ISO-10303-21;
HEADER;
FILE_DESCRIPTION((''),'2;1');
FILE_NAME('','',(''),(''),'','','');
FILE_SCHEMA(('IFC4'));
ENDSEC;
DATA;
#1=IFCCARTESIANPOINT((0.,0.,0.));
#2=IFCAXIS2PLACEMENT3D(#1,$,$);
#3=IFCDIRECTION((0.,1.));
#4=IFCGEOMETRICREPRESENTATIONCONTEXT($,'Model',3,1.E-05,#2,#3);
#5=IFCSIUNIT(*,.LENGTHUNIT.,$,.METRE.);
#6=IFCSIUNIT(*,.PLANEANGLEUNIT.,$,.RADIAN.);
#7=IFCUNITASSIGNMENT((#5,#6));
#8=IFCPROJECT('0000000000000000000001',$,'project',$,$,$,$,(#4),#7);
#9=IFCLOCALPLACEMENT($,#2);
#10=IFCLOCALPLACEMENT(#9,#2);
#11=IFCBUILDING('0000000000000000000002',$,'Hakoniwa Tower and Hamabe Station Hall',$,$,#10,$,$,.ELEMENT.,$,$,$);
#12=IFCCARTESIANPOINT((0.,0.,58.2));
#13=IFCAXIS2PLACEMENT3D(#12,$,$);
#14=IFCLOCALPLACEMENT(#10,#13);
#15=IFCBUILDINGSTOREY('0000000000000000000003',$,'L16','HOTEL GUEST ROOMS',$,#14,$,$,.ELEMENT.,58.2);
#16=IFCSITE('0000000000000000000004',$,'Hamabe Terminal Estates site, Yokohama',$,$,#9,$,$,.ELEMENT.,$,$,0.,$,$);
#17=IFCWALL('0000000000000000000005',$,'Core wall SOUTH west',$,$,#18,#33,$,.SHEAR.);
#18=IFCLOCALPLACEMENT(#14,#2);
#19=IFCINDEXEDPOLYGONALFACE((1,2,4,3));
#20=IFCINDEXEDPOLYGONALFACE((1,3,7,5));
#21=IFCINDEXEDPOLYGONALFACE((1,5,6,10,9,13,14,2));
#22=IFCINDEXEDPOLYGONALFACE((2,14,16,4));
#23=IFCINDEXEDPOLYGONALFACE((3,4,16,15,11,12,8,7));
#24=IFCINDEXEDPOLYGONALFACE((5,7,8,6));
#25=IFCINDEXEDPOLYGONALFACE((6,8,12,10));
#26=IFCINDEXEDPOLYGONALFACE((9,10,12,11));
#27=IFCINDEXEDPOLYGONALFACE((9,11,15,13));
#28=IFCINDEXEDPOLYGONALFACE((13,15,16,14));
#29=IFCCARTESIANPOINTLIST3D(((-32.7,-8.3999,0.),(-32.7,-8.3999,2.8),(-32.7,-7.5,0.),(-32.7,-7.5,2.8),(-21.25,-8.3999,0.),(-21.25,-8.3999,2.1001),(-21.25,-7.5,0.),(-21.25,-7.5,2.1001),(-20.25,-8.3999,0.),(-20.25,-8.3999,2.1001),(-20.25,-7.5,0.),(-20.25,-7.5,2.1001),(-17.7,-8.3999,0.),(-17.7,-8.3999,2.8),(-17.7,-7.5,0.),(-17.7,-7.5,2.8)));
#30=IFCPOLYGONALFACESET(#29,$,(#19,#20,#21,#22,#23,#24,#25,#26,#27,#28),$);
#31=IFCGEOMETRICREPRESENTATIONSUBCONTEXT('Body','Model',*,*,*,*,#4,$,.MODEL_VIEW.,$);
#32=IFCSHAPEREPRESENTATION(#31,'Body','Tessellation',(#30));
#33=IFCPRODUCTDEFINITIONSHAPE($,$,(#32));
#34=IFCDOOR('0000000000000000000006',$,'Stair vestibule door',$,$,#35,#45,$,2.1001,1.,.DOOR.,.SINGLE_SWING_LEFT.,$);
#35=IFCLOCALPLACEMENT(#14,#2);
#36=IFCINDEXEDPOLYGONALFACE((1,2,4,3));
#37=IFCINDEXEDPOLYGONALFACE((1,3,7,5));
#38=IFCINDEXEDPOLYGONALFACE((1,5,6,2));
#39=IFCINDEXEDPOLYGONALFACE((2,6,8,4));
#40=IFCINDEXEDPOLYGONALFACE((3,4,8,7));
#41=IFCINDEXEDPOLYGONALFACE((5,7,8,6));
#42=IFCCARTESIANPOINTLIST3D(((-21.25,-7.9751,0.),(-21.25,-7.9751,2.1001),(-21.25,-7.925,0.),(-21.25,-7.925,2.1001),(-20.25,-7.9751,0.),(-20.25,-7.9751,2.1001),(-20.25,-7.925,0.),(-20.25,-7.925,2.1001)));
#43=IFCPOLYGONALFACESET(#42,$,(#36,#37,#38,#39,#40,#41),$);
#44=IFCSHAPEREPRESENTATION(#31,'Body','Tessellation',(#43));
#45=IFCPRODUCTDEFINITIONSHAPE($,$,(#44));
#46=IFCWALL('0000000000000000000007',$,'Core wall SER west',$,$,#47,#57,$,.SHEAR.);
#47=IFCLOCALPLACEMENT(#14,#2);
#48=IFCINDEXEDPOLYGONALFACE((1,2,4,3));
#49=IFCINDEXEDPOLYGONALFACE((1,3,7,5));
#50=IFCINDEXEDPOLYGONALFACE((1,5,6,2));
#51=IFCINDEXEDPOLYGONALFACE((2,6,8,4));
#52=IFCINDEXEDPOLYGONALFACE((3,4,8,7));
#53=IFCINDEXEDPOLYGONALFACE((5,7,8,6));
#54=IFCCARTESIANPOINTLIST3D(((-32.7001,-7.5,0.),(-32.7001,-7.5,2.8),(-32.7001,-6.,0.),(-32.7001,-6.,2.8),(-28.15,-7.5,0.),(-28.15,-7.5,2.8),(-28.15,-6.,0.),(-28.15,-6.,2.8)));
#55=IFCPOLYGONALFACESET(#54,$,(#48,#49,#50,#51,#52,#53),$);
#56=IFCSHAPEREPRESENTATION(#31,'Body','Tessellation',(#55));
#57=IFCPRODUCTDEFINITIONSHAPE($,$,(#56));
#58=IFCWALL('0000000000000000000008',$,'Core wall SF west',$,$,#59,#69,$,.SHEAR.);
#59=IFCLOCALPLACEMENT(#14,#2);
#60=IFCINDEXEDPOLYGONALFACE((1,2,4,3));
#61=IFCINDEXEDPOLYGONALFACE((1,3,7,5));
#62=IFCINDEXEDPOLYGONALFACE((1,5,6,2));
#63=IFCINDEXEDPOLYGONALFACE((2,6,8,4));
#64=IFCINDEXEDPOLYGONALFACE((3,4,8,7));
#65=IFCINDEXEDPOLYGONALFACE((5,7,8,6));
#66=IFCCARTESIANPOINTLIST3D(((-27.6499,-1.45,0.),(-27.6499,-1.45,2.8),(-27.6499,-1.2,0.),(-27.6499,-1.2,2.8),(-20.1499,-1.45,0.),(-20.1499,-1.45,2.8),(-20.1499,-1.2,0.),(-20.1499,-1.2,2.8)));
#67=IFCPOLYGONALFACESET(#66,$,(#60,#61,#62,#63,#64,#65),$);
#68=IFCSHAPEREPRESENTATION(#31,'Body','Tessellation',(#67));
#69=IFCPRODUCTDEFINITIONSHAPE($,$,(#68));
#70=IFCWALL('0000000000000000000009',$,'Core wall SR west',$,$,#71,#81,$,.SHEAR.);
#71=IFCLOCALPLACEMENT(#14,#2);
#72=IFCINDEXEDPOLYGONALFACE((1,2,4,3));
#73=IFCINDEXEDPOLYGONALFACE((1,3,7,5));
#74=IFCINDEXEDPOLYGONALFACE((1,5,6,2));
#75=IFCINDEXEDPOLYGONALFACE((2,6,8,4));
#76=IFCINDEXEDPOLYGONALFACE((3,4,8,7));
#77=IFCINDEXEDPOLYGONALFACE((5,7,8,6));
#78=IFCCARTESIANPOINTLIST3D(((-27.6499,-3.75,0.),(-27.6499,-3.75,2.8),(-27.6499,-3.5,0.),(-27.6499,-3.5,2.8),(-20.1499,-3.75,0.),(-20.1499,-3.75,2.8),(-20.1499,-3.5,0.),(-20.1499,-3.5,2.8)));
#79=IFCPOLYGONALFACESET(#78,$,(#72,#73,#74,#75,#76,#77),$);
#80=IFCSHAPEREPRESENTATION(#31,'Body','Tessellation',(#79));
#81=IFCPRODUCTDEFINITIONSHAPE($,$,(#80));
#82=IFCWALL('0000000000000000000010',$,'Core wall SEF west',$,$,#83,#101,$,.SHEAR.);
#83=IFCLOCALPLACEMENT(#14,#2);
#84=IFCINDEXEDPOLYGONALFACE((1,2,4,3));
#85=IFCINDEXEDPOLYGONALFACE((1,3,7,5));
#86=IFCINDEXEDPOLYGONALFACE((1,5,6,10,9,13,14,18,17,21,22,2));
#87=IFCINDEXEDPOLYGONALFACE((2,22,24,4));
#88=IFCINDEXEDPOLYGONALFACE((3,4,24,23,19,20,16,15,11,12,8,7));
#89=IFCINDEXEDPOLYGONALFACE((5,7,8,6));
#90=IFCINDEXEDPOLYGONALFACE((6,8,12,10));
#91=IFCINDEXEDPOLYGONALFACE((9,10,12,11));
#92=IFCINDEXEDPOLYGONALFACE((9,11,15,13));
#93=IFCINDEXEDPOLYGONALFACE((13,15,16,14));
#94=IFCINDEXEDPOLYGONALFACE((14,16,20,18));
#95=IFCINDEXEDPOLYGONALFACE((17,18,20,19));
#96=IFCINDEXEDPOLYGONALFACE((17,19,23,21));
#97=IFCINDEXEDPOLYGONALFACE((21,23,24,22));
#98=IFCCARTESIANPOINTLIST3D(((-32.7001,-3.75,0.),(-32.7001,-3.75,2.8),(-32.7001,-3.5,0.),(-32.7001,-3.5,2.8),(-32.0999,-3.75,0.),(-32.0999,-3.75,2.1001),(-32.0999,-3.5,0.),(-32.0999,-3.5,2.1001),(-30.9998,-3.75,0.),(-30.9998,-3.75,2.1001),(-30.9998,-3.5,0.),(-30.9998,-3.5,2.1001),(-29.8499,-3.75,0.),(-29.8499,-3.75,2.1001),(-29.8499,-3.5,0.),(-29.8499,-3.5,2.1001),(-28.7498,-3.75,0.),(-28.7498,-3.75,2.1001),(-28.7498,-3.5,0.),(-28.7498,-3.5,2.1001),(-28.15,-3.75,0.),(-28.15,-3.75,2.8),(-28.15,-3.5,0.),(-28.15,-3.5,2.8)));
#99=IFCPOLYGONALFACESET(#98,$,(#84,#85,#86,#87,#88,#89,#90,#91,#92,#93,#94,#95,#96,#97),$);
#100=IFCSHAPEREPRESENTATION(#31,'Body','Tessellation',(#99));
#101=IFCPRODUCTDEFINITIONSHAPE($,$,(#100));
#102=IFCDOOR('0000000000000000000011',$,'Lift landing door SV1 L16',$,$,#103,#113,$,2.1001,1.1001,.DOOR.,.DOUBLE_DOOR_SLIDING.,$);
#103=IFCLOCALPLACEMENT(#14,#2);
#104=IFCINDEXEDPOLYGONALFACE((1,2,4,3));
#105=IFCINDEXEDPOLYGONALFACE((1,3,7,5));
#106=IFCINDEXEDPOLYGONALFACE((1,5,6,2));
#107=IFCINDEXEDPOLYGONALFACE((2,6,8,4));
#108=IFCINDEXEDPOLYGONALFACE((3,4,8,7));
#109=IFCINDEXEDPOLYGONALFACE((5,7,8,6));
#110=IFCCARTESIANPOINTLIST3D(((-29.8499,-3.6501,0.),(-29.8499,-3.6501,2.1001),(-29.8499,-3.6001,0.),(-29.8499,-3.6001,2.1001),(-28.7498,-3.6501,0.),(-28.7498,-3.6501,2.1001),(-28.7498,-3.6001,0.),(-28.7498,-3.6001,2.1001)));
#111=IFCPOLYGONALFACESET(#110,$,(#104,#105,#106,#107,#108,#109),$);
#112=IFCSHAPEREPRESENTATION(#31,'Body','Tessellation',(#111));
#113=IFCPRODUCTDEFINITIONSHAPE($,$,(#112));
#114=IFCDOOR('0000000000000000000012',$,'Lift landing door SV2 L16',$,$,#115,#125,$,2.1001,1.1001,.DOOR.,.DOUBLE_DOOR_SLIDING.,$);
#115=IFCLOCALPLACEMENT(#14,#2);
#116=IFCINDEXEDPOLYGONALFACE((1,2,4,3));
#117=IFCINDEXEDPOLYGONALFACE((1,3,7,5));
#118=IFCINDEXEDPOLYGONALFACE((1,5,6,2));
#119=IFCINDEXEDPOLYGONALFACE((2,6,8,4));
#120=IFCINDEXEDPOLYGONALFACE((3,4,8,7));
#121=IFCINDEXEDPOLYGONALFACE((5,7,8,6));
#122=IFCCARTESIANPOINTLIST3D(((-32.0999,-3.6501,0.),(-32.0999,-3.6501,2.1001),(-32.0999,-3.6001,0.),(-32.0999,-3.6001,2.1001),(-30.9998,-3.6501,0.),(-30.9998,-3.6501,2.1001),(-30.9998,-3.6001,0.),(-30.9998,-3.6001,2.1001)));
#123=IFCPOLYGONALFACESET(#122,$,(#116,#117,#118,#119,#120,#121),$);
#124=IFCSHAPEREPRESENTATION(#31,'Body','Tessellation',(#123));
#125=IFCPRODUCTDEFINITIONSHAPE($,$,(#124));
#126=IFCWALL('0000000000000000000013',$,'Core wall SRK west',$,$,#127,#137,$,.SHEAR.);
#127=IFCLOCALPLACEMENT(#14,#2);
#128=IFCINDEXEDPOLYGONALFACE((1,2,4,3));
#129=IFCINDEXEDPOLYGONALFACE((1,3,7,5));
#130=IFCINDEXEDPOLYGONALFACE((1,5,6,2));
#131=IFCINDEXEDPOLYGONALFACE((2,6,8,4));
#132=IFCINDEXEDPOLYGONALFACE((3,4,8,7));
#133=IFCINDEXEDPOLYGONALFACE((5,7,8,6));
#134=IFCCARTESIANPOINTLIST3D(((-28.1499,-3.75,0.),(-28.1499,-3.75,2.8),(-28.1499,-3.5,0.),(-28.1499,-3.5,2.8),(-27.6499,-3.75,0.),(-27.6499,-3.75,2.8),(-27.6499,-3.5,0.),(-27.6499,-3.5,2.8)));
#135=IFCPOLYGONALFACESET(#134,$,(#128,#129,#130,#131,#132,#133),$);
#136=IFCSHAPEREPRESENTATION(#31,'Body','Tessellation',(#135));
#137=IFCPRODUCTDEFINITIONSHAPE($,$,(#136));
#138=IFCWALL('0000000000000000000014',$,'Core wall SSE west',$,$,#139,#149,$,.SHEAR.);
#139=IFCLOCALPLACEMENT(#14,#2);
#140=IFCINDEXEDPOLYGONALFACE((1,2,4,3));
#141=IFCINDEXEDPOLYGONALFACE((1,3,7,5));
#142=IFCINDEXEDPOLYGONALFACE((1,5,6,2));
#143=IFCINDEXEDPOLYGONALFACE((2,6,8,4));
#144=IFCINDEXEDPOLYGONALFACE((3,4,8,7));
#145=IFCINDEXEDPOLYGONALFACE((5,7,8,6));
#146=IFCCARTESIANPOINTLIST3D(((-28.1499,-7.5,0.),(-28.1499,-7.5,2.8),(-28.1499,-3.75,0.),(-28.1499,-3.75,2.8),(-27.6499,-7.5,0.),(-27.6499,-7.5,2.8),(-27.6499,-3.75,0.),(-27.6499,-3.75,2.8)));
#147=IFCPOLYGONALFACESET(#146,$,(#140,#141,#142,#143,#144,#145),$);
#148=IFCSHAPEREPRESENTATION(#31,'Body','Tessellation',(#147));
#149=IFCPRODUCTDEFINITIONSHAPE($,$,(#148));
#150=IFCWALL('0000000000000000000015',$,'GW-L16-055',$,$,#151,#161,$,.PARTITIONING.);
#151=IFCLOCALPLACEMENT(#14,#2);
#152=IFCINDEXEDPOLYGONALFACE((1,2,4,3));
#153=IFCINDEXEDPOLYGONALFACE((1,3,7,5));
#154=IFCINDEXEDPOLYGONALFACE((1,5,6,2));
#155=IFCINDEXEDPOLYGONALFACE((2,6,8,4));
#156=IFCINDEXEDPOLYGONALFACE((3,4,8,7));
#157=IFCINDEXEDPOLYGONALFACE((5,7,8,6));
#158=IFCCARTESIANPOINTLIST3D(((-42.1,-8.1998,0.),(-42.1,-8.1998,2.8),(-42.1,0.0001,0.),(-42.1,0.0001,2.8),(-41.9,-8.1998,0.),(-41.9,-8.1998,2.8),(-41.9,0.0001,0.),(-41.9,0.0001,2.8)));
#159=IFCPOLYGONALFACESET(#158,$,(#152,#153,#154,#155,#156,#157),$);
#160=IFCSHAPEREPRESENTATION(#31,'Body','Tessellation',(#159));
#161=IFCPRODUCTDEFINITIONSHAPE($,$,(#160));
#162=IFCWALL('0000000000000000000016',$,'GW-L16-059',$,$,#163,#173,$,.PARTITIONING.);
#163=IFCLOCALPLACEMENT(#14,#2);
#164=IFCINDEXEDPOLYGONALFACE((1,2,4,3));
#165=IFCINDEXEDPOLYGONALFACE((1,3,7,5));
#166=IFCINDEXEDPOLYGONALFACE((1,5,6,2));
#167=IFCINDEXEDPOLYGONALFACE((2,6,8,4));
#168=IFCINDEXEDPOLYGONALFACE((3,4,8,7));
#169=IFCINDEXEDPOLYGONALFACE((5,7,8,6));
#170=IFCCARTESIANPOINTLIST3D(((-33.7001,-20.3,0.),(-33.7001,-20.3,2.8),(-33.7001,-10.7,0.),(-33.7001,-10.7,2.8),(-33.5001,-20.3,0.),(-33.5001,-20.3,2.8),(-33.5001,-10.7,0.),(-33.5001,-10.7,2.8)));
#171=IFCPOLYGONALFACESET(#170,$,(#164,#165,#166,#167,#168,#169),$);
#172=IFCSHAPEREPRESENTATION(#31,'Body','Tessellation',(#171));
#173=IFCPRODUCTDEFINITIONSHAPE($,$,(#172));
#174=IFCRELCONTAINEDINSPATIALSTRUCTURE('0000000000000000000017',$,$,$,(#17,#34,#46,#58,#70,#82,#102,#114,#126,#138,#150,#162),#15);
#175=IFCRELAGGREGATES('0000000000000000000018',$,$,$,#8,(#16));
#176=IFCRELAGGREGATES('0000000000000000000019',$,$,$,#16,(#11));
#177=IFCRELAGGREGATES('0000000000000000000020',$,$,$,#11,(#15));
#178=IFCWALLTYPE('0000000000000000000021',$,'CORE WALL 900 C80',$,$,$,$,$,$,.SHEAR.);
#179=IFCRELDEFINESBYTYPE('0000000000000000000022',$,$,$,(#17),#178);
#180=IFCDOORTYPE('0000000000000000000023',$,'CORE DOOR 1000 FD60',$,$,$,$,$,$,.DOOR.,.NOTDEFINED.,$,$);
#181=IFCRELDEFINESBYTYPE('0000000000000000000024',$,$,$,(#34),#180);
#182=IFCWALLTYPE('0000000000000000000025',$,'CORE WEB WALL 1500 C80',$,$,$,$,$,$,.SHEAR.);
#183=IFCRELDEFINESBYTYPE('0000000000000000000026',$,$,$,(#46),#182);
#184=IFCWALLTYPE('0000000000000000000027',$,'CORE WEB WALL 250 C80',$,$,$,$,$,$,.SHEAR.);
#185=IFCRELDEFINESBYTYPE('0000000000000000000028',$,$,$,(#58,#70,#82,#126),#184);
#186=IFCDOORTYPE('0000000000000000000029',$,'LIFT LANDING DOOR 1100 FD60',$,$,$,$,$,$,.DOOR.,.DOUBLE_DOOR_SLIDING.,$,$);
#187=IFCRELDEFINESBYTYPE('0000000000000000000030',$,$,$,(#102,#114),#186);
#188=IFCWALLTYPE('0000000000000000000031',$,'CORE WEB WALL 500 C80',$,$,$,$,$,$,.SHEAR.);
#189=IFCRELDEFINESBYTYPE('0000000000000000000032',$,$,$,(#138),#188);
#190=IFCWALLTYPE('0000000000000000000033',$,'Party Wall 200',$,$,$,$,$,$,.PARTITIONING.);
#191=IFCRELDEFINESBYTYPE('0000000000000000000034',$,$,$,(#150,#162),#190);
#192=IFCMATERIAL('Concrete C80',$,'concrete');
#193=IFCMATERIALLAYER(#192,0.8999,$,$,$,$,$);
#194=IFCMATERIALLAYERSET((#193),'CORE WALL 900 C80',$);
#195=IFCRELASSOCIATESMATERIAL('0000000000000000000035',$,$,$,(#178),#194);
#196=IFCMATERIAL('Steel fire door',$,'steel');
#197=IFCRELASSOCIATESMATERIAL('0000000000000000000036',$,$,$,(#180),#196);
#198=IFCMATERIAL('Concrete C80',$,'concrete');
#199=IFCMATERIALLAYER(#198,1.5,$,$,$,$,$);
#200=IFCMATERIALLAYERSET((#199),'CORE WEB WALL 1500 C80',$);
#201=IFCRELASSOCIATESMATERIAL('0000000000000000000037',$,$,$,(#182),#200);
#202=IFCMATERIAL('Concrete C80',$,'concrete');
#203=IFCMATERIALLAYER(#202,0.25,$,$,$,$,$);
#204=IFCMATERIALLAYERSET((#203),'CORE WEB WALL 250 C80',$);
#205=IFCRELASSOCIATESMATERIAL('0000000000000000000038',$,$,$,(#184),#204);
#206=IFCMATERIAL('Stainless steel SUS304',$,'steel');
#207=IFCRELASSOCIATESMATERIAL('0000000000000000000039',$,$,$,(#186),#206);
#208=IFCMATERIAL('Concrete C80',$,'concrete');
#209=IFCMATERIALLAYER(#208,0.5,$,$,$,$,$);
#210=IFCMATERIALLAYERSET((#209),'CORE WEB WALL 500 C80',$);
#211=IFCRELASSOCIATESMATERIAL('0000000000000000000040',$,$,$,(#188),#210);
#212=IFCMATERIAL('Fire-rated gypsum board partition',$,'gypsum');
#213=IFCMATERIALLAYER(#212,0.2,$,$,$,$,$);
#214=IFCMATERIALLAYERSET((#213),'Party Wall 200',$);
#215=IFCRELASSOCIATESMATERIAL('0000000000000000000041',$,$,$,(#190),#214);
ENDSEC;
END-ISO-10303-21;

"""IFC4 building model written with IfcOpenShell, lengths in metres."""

from ifc_helpers import new_model, si_unit, direction, frame, frame_2d, origin, place, context, subcontext, project, spatial, rectangle, extrude, material, layer, layer_set, type_object, element, fill, save


model = new_model("IFC4")

# Units and contexts
model_context = context("Model", 3, precision=1e-05, world=origin(), true_north=direction((0.0, 1.0)))
body_context = subcontext(model_context, "Body", "Model", "MODEL_VIEW")
ifc_project = project(units=[si_unit("LENGTHUNIT", "METRE"), si_unit("PLANEANGLEUNIT", "RADIAN")], contexts=[model_context])

# Site, building, storey
site_placement = place(None, origin())
site = spatial("IfcSite", under=ifc_project, at=site_placement, Name="Hamabe Terminal Estates site, Yokohama", CompositionType="ELEMENT", RefElevation=0.0)
building_placement = place(site_placement, origin())
building = spatial("IfcBuilding", under=site, at=building_placement, Name="Hakoniwa Tower and Hamabe Station Hall", CompositionType="ELEMENT")
storey_placement = place(building_placement, frame((0.0, 0.0, 58.2)))
storey = spatial("IfcBuildingStorey", under=building, at=storey_placement, Name="L16", Description="HOTEL GUEST ROOMS", CompositionType="ELEMENT", Elevation=58.2)

# Shared definitions
ifc_material_1 = material(Name="Concrete C80", Category="concrete")
ifc_layer_1 = layer(ifc_material_1, 0.8999)
ifc_layer_set_1 = layer_set([ifc_layer_1], Name="CORE WALL 900 C80")
wall_type_1 = type_object("IfcWallType", Name="CORE WALL 900 C80", PredefinedType="SHEAR", material=ifc_layer_set_1)

# Wall, opening, door
wall_1_placement = place(storey_placement, frame((-32.7, -7.95, 0.0), z_axis=(0.0, 0.0, 1.0), x_axis=(1.0, 0.0, 0.0)))
wall_1 = element("IfcWall", 1, at=wall_1_placement, inside=storey, type_object=wall_type_1, Name="Core wall SOUTH west", PredefinedType="SHEAR", context=body_context, shape_type="SweptSolid", body=[
    extrude(rectangle(XDim=15.0, YDim=0.8999, at=frame_2d((7.5, 0.0))), origin(), (0.0, 0.0, 1.0), 2.8),
])
opening_1_placement = place(wall_1_placement, frame((11.45, 0.0, 0.0)))
opening_1 = element("IfcOpeningElement", 2, at=opening_1_placement, cuts=wall_1, PredefinedType="OPENING", context=body_context, shape_type="SweptSolid", body=[
    extrude(rectangle(XDim=1.0, YDim=2.1001, at=frame_2d((0.5, 1.05))), frame((0.0, 0.46, 0.0), z_axis=(0.0, -1.0, 0.0), x_axis=(1.0, 0.0, 0.0)), (0.0, 0.0, 1.0), 0.9199),
])
ifc_material_2 = material(Name="Steel fire door", Category="steel")
door_type_1 = type_object("IfcDoorType", Name="CORE DOOR 1000 FD60", OperationType="NOTDEFINED", PredefinedType="DOOR", material=ifc_material_2)
door_1_placement = place(opening_1_placement, origin())
door_1 = element("IfcDoor", 3, at=door_1_placement, inside=storey, type_object=door_type_1, Name="Stair vestibule door", OperationType="SINGLE_SWING_LEFT", OverallHeight=2.1001, OverallWidth=1.0, PredefinedType="DOOR", context=body_context, shape_type="SweptSolid", body=[
    extrude(rectangle(XDim=1.0, YDim=2.1001, at=frame_2d((0.5, 1.05))), frame((0.0, 0.0249, 0.0), z_axis=(0.0, -1.0, 0.0), x_axis=(1.0, 0.0, 0.0)), (0.0, 0.0, 1.0), 0.05),
])
fill(opening_1, door_1)

# Walls
ifc_material_3 = material(Name="Concrete C80", Category="concrete")
ifc_layer_2 = layer(ifc_material_3, 1.5)
ifc_layer_set_2 = layer_set([ifc_layer_2], Name="CORE WEB WALL 1500 C80")
wall_type_2 = type_object("IfcWallType", Name="CORE WEB WALL 1500 C80", PredefinedType="SHEAR", material=ifc_layer_set_2)
wall_2_placement = place(storey_placement, frame((-32.7, -6.75, 0.0), z_axis=(0.0, 0.0, 1.0), x_axis=(1.0, 0.0, 0.0)))
element("IfcWall", 4, at=wall_2_placement, inside=storey, type_object=wall_type_2, Name="Core wall SER west", PredefinedType="SHEAR", context=body_context, shape_type="SweptSolid", body=[
    extrude(rectangle(XDim=4.55, YDim=1.5, at=frame_2d((2.2749, 0.0))), origin(), (0.0, 0.0, 1.0), 2.8),
])
ifc_material_4 = material(Name="Concrete C80", Category="concrete")
ifc_layer_3 = layer(ifc_material_4, 0.25)
ifc_layer_set_3 = layer_set([ifc_layer_3], Name="CORE WEB WALL 250 C80")
wall_type_3 = type_object("IfcWallType", Name="CORE WEB WALL 250 C80", PredefinedType="SHEAR", material=ifc_layer_set_3)
for number, where, z_axis, x_axis, name in (
    (5, (-27.6499, -1.325, 0.0), (0.0, 0.0, 1.0), (1.0, 0.0, 0.0), "Core wall SF west"),
    (6, (-27.6499, -3.625, 0.0), (0.0, 0.0, 1.0), (1.0, 0.0, 0.0), "Core wall SR west"),
):
    element("IfcWall", number, at=place(storey_placement, frame(where, z_axis=z_axis, x_axis=x_axis)), inside=storey, type_object=wall_type_3, Name=name, PredefinedType="SHEAR", context=body_context, shape_type="SweptSolid", body=[
        extrude(rectangle(XDim=7.5, YDim=0.25, at=frame_2d((3.75, 0.0))), origin(), (0.0, 0.0, 1.0), 2.8),
    ])

# Wall, openings, doors
wall_3_placement = place(storey_placement, frame((-32.7, -3.625, 0.0), z_axis=(0.0, 0.0, 1.0), x_axis=(1.0, 0.0, 0.0)))
wall_3 = element("IfcWall", 7, at=wall_3_placement, inside=storey, type_object=wall_type_3, Name="Core wall SEF west", PredefinedType="SHEAR", context=body_context, shape_type="SweptSolid", body=[
    extrude(rectangle(XDim=4.55, YDim=0.25, at=frame_2d((2.2749, 0.0))), origin(), (0.0, 0.0, 1.0), 2.8),
])
opening_2_placement = place(wall_3_placement, frame((2.8501, 0.0, 0.0)))
opening_2 = element("IfcOpeningElement", 8, at=opening_2_placement, cuts=wall_3, PredefinedType="OPENING", context=body_context, shape_type="SweptSolid", body=[
    extrude(rectangle(XDim=1.1001, YDim=2.1001, at=frame_2d((0.55, 1.05))), frame((0.0, 0.135, 0.0), z_axis=(0.0, -1.0, 0.0), x_axis=(1.0, 0.0, 0.0)), (0.0, 0.0, 1.0), 0.27),
])
opening_3_placement = place(wall_3_placement, frame((0.6001, 0.0, 0.0)))
opening_3 = element("IfcOpeningElement", 9, at=opening_3_placement, cuts=wall_3, PredefinedType="OPENING", context=body_context, shape_type="SweptSolid", body=[
    extrude(rectangle(XDim=1.1001, YDim=2.1001, at=frame_2d((0.55, 1.05))), frame((0.0, 0.135, 0.0), z_axis=(0.0, -1.0, 0.0), x_axis=(1.0, 0.0, 0.0)), (0.0, 0.0, 1.0), 0.27),
])
ifc_material_5 = material(Name="Stainless steel SUS304", Category="steel")
door_type_2 = type_object("IfcDoorType", Name="LIFT LANDING DOOR 1100 FD60", OperationType="DOUBLE_DOOR_SLIDING", PredefinedType="DOOR", material=ifc_material_5)
door_2_placement = place(opening_2_placement, origin())
door_2 = element("IfcDoor", 10, at=door_2_placement, inside=storey, type_object=door_type_2, Name="Lift landing door SV1 L16", OperationType="DOUBLE_DOOR_SLIDING", OverallHeight=2.1001, OverallWidth=1.1001, PredefinedType="DOOR", context=body_context, shape_type="SweptSolid", body=[
    extrude(rectangle(XDim=1.1001, YDim=2.1001, at=frame_2d((0.55, 1.05))), frame((0.0, 0.0249, 0.0), z_axis=(0.0, -1.0, 0.0), x_axis=(1.0, 0.0, 0.0)), (0.0, 0.0, 1.0), 0.05),
])
fill(opening_2, door_2)
door_3_placement = place(opening_3_placement, origin())
door_3 = element("IfcDoor", 11, at=door_3_placement, inside=storey, type_object=door_type_2, Name="Lift landing door SV2 L16", OperationType="DOUBLE_DOOR_SLIDING", OverallHeight=2.1001, OverallWidth=1.1001, PredefinedType="DOOR", context=body_context, shape_type="SweptSolid", body=[
    extrude(rectangle(XDim=1.1001, YDim=2.1001, at=frame_2d((0.55, 1.05))), frame((0.0, 0.0249, 0.0), z_axis=(0.0, -1.0, 0.0), x_axis=(1.0, 0.0, 0.0)), (0.0, 0.0, 1.0), 0.05),
])
fill(opening_3, door_3)

# Walls
wall_4_placement = place(storey_placement, frame((-28.1499, -3.625, 0.0), z_axis=(0.0, 0.0, 1.0), x_axis=(1.0, 0.0, 0.0)))
element("IfcWall", 12, at=wall_4_placement, inside=storey, type_object=wall_type_3, Name="Core wall SRK west", PredefinedType="SHEAR", context=body_context, shape_type="SweptSolid", body=[
    extrude(rectangle(XDim=0.5, YDim=0.25, at=frame_2d((0.25, 0.0))), origin(), (0.0, 0.0, 1.0), 2.8),
])
ifc_material_6 = material(Name="Concrete C80", Category="concrete")
ifc_layer_4 = layer(ifc_material_6, 0.5)
ifc_layer_set_4 = layer_set([ifc_layer_4], Name="CORE WEB WALL 500 C80")
wall_type_4 = type_object("IfcWallType", Name="CORE WEB WALL 500 C80", PredefinedType="SHEAR", material=ifc_layer_set_4)
wall_5_placement = place(storey_placement, frame((-27.8999, -7.5, 0.0), z_axis=(0.0, 0.0, 1.0), x_axis=(0.0, 1.0, 0.0)))
element("IfcWall", 13, at=wall_5_placement, inside=storey, type_object=wall_type_4, Name="Core wall SSE west", PredefinedType="SHEAR", context=body_context, shape_type="SweptSolid", body=[
    extrude(rectangle(XDim=3.75, YDim=0.5, at=frame_2d((1.875, 0.0))), origin(), (0.0, 0.0, 1.0), 2.8),
])
ifc_material_7 = material(Name="Fire-rated gypsum board partition", Category="gypsum")
ifc_layer_5 = layer(ifc_material_7, 0.2)
ifc_layer_set_5 = layer_set([ifc_layer_5], Name="Party Wall 200")
wall_type_5 = type_object("IfcWallType", Name="Party Wall 200", PredefinedType="PARTITIONING", material=ifc_layer_set_5)
wall_6_placement = place(storey_placement, frame((-42.0, -8.2, 0.0), z_axis=(0.0, 0.0, 1.0), x_axis=(0.0, 1.0, 0.0)))
element("IfcWall", 14, at=wall_6_placement, inside=storey, type_object=wall_type_5, Name="GW-L16-055", PredefinedType="PARTITIONING", context=body_context, shape_type="SweptSolid", body=[
    extrude(rectangle(XDim=8.2, YDim=0.2, at=frame_2d((4.1001, 0.0))), origin(), (0.0, 0.0, 1.0), 2.8),
])
wall_7_placement = place(storey_placement, frame((-33.6001, -20.3, 0.0), z_axis=(0.0, 0.0, 1.0), x_axis=(0.0, 1.0, 0.0)))
element("IfcWall", 15, at=wall_7_placement, inside=storey, type_object=wall_type_5, Name="GW-L16-059", PredefinedType="PARTITIONING", context=body_context, shape_type="SweptSolid", body=[
    extrude(rectangle(XDim=9.6001, YDim=0.2, at=frame_2d((4.8, 0.0))), origin(), (0.0, 0.0, 1.0), 2.8),
])

save(model, "model.ifc")
